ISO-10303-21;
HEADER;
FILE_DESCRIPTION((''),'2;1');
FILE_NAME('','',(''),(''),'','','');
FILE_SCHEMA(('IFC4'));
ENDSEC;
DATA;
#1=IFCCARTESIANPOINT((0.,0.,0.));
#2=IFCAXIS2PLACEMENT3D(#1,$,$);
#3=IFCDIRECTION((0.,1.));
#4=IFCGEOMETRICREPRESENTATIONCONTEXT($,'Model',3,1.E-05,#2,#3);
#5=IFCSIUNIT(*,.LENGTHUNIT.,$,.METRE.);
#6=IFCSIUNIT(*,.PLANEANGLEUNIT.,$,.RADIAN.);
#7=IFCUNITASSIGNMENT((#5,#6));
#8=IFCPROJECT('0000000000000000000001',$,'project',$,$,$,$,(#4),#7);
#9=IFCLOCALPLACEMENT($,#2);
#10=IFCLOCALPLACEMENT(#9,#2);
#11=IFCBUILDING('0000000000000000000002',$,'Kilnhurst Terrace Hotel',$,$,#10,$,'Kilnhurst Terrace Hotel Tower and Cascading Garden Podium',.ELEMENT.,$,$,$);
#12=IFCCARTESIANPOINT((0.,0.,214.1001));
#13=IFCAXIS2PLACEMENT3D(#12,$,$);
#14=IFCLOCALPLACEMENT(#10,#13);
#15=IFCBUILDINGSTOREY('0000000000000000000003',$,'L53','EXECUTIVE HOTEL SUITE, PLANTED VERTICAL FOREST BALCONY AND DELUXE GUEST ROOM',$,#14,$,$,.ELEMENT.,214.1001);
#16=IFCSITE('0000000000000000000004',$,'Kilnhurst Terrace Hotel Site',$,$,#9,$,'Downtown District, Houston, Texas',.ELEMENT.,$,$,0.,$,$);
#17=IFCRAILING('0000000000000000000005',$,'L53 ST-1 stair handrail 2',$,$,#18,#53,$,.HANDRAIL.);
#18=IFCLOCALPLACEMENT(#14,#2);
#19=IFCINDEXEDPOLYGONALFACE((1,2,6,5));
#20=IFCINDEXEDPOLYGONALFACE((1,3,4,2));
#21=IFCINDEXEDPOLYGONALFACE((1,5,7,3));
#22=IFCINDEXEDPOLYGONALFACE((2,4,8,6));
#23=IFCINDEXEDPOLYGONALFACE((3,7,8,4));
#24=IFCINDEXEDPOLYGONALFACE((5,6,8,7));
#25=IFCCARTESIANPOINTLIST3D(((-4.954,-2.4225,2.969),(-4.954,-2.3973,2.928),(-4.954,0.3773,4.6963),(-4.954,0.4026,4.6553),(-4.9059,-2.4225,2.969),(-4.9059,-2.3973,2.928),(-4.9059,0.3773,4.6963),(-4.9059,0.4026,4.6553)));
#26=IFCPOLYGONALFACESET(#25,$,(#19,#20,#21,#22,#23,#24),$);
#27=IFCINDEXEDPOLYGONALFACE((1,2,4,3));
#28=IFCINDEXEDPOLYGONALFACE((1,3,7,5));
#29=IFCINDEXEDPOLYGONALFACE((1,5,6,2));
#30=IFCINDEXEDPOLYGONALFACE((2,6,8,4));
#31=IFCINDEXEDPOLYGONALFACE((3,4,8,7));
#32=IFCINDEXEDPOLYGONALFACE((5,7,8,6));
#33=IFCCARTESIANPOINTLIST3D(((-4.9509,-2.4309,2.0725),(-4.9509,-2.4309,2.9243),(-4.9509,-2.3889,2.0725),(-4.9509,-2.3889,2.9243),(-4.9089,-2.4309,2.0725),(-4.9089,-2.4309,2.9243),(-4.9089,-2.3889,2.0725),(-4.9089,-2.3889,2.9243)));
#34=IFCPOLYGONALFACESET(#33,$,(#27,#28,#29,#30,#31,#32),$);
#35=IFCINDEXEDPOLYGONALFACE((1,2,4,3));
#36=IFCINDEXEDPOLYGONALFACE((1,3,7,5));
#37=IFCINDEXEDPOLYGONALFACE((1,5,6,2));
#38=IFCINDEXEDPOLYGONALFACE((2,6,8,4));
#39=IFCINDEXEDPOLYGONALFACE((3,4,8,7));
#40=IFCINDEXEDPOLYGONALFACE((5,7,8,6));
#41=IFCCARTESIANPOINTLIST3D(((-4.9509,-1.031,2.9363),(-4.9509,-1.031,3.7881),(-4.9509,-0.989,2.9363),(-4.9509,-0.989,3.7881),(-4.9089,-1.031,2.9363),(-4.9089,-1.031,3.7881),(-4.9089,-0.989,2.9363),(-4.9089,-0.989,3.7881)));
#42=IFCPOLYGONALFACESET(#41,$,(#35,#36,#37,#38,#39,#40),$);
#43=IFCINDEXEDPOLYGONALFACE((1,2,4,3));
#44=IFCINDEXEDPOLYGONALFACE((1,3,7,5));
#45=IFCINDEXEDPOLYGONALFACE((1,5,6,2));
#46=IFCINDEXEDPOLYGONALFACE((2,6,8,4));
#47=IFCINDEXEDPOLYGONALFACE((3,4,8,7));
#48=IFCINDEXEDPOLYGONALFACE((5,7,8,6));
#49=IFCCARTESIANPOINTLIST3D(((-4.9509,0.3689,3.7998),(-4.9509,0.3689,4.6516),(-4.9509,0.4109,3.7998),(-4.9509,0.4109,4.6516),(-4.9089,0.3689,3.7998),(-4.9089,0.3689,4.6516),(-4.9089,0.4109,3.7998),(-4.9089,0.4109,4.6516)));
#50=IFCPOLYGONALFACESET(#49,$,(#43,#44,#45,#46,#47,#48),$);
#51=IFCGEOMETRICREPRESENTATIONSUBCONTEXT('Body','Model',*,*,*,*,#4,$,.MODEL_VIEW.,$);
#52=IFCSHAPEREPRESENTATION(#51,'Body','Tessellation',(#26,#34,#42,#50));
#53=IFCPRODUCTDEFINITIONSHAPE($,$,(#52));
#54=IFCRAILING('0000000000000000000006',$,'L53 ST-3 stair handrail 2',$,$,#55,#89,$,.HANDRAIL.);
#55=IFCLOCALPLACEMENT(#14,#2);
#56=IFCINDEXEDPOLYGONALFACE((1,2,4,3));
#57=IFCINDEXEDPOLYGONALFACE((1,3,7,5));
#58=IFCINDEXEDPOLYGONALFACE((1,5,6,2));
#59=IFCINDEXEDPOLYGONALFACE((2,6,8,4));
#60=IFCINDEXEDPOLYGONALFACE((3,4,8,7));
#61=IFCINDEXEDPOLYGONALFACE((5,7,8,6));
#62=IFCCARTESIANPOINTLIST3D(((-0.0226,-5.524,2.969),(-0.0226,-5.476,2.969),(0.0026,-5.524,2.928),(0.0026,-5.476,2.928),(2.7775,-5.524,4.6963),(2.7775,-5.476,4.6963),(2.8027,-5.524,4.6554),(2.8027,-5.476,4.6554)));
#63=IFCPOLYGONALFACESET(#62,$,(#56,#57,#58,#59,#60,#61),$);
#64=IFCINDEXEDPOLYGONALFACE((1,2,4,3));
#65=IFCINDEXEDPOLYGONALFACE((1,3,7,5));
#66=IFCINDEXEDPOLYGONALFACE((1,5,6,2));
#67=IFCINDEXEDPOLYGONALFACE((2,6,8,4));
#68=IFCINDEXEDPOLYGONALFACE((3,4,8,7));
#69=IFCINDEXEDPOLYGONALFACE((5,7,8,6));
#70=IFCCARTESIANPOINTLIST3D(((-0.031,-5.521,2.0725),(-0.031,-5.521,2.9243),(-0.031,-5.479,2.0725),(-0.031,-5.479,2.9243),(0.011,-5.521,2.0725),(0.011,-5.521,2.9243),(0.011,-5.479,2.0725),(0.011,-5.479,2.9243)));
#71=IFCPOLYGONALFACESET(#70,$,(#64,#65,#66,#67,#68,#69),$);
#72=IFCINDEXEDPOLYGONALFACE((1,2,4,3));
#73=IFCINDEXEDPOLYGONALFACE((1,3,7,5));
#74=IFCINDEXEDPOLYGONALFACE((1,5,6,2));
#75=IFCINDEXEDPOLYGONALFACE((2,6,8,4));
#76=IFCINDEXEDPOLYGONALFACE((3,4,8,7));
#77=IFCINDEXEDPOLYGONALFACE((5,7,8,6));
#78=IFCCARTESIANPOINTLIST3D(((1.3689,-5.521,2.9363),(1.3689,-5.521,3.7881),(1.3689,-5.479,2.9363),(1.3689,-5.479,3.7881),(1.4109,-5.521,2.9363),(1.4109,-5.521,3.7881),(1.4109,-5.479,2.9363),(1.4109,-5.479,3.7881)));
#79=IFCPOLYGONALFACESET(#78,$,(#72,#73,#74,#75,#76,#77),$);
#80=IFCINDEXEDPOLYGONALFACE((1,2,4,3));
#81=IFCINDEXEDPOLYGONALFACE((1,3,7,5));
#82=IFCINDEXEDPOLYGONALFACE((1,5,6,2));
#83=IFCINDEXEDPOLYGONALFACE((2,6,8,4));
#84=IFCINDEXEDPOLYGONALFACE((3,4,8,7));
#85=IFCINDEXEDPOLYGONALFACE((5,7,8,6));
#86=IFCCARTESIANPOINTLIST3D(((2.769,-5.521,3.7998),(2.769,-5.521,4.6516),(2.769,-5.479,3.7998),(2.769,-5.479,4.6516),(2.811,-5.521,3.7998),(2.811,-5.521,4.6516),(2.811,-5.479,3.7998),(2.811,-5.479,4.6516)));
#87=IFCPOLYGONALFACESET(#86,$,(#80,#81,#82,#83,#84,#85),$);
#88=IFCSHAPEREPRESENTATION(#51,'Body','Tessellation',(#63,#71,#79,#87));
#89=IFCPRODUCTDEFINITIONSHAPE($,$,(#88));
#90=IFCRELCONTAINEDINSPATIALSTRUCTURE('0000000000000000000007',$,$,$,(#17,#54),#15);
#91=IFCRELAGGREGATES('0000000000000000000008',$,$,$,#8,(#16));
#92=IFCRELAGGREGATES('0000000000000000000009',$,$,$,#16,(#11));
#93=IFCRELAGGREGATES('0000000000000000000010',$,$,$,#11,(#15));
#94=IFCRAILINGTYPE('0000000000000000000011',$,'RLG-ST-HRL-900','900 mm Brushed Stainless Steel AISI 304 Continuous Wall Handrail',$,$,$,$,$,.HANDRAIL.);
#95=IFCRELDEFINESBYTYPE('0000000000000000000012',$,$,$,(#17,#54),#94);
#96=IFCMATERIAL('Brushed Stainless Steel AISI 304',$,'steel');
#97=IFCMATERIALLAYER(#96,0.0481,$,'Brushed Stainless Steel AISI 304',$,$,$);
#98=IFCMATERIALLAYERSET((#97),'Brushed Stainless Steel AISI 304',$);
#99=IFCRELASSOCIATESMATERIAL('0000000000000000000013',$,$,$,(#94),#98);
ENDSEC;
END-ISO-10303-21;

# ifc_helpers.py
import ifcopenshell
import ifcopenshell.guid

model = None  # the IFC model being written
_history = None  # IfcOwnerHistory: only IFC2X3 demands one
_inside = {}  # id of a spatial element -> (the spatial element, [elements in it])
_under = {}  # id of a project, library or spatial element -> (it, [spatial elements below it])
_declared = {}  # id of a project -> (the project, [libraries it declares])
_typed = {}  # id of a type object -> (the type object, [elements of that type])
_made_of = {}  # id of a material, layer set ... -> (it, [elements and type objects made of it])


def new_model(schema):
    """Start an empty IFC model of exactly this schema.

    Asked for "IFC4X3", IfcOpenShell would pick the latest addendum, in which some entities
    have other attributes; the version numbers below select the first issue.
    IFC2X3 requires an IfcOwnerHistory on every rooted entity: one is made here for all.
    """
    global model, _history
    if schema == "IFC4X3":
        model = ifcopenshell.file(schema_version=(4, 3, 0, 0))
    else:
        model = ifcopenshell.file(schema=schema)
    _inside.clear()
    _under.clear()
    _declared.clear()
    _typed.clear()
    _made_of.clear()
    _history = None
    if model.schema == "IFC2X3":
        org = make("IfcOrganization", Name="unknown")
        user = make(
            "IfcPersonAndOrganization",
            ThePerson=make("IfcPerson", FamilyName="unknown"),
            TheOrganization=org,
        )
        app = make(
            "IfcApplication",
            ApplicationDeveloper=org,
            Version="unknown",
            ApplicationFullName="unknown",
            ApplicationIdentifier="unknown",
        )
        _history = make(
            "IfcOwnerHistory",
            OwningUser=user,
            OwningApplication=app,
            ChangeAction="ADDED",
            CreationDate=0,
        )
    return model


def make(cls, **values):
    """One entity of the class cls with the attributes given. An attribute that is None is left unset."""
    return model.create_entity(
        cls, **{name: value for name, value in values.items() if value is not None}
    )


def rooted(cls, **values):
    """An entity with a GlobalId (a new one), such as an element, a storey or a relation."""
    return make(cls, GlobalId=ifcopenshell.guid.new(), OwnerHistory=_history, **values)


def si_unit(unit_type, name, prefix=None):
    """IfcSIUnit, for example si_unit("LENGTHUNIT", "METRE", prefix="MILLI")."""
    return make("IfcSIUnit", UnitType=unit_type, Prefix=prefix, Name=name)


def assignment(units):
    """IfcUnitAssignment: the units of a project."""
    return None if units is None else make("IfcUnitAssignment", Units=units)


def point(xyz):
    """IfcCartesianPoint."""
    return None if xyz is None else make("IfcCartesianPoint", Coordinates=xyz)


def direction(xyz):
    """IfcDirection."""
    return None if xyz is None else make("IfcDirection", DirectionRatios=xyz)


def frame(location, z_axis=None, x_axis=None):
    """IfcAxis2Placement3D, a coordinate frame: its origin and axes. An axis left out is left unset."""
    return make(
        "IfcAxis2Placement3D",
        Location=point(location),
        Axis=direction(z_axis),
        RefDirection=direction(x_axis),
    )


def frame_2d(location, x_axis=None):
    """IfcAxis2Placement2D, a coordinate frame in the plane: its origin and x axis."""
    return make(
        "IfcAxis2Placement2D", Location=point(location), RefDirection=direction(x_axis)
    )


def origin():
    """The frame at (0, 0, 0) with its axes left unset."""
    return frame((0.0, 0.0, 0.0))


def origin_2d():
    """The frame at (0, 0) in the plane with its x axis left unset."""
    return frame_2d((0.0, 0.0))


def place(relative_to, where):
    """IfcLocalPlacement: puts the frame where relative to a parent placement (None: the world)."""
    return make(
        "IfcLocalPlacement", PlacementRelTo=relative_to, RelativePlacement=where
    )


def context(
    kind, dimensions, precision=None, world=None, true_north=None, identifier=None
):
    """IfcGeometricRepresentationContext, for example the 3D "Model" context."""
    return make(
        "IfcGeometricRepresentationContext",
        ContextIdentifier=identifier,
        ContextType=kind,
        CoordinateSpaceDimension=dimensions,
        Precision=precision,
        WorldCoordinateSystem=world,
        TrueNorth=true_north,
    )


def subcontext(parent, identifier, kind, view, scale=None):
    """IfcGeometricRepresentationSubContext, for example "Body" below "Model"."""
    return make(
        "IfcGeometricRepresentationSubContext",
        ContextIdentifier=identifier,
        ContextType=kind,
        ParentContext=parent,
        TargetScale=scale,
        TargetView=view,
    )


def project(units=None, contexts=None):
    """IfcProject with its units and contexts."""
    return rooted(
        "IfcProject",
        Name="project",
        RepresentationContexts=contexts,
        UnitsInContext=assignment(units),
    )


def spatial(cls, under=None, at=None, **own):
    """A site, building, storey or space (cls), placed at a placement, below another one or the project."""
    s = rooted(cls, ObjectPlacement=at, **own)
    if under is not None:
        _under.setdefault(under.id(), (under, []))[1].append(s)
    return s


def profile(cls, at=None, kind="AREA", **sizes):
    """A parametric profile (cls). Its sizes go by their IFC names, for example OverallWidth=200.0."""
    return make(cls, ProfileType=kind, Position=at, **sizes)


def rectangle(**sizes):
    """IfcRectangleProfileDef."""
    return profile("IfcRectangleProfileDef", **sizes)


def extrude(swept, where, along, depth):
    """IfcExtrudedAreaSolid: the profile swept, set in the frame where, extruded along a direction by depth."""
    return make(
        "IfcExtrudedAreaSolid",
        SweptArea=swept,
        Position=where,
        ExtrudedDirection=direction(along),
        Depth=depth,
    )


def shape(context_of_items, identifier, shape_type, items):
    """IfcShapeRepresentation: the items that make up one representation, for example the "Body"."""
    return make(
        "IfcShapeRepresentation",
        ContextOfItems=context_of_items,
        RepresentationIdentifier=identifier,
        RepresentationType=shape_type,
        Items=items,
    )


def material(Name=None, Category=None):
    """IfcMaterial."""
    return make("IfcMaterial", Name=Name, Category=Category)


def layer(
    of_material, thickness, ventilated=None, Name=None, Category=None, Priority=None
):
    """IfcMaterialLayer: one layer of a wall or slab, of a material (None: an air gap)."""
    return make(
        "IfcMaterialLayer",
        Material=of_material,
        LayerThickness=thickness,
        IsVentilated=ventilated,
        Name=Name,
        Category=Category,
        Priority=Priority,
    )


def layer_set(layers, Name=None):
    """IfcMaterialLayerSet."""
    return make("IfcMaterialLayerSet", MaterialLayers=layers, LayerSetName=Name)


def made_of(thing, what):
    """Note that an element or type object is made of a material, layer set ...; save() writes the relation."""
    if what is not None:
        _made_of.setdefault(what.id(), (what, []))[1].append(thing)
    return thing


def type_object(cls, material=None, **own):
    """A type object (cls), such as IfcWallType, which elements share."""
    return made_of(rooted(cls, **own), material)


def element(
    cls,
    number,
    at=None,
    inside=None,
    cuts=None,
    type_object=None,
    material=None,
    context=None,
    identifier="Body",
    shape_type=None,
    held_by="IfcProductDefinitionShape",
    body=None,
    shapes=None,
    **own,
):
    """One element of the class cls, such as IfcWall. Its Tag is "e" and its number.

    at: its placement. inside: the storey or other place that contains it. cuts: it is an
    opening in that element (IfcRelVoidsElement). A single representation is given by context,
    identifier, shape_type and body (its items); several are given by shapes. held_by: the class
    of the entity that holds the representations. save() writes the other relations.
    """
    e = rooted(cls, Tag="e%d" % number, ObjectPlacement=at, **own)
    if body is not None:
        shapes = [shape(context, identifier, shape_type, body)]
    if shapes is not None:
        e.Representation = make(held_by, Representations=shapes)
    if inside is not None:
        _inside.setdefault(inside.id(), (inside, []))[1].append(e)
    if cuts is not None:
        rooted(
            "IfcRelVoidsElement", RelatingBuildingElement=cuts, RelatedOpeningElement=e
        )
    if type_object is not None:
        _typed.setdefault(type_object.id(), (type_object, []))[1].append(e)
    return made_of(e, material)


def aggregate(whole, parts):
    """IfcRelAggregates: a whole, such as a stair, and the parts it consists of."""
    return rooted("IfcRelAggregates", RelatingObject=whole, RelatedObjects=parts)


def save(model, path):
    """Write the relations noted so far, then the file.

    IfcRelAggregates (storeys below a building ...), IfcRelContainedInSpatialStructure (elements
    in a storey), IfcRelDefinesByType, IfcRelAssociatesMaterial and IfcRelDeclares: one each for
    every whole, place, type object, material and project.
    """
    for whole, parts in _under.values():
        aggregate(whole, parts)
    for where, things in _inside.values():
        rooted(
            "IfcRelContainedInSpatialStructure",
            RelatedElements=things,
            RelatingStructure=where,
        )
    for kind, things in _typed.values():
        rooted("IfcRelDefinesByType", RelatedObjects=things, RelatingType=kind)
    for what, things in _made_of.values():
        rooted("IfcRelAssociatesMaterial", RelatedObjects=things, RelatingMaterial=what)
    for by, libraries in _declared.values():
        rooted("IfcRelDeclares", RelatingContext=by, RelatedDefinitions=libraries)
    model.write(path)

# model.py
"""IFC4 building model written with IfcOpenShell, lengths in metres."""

from ifc_helpers import new_model, si_unit, direction, frame, origin, origin_2d, place, context, subcontext, project, spatial, rectangle, extrude, material, layer, layer_set, type_object, element, save


model = new_model("IFC4")

# Units and contexts
model_context = context("Model", 3, precision=1e-05, world=origin(), true_north=direction((0.0, 1.0)))
body_context = subcontext(model_context, "Body", "Model", "MODEL_VIEW")
ifc_project = project(units=[si_unit("LENGTHUNIT", "METRE"), si_unit("PLANEANGLEUNIT", "RADIAN")], contexts=[model_context])

# Site, building, storey
site_placement = place(None, origin())
site = spatial("IfcSite", under=ifc_project, at=site_placement, Name="Kilnhurst Terrace Hotel Site", LongName="Downtown District, Houston, Texas", CompositionType="ELEMENT", RefElevation=0.0)
building_placement = place(site_placement, origin())
building = spatial("IfcBuilding", under=site, at=building_placement, Name="Kilnhurst Terrace Hotel", LongName="Kilnhurst Terrace Hotel Tower and Cascading Garden Podium", CompositionType="ELEMENT")
storey_placement = place(building_placement, frame((0.0, 0.0, 214.1001)))
storey = spatial("IfcBuildingStorey", under=building, at=storey_placement, Name="L53", Description="EXECUTIVE HOTEL SUITE, PLANTED VERTICAL FOREST BALCONY AND DELUXE GUEST ROOM", CompositionType="ELEMENT", Elevation=214.1001)

# Railings
ifc_material_1 = material(Name="Brushed Stainless Steel AISI 304", Category="steel")
ifc_layer_1 = layer(ifc_material_1, 0.0481, Name="Brushed Stainless Steel AISI 304")
ifc_layer_set_1 = layer_set([ifc_layer_1], Name="Brushed Stainless Steel AISI 304")
railing_type_1 = type_object("IfcRailingType", Name="RLG-ST-HRL-900", Description="900 mm Brushed Stainless Steel AISI 304 Continuous Wall Handrail", PredefinedType="HANDRAIL", material=ifc_layer_set_1)
railing_1_placement = place(storey_placement, frame((-4.9299, -2.4099, 2.0725)))
element("IfcRailing", 1, at=railing_1_placement, inside=storey, type_object=railing_type_1, Name="L53 ST-1 stair handrail 2", PredefinedType="HANDRAIL", context=body_context, shape_type="SweptSolid", body=[
    extrude(rectangle(XDim=0.0481, YDim=0.0481, at=origin_2d()), frame((0.0, 0.0, 0.876), z_axis=(0.0, 0.851069, 0.525054), x_axis=(-1.0, 0.0, 0.0)), (0.0, 0.0, 1.0), 3.2898),
    extrude(rectangle(XDim=0.042, YDim=0.042, at=origin_2d()), origin(), (0.0, 0.0, 1.0), 0.8518),
    extrude(rectangle(XDim=0.042, YDim=0.042, at=origin_2d()), frame((0.0, 1.3999, 0.8638)), (0.0, 0.0, 1.0), 0.8518),
    extrude(rectangle(XDim=0.042, YDim=0.042, at=origin_2d()), frame((0.0, 2.7998, 1.7273)), (0.0, 0.0, 1.0), 0.8518),
])
railing_2_placement = place(storey_placement, frame((-0.01, -5.5, 2.0725)))
element("IfcRailing", 2, at=railing_2_placement, inside=storey, type_object=railing_type_1, Name="L53 ST-3 stair handrail 2", PredefinedType="HANDRAIL", context=body_context, shape_type="SweptSolid", body=[
    extrude(rectangle(XDim=0.0481, YDim=0.0481, at=origin_2d()), frame((0.0, 0.0, 0.876), z_axis=(0.85109, 0.0, 0.52502), x_axis=(0.0, 1.0, 0.0)), (0.0, 0.0, 1.0), 3.29),
    extrude(rectangle(XDim=0.042, YDim=0.042, at=origin_2d()), origin(), (0.0, 0.0, 1.0), 0.8518),
    extrude(rectangle(XDim=0.042, YDim=0.042, at=origin_2d()), frame((1.3999, 0.0, 0.8638)), (0.0, 0.0, 1.0), 0.8518),
    extrude(rectangle(XDim=0.042, YDim=0.042, at=origin_2d()), frame((2.8, 0.0, 1.7273)), (0.0, 0.0, 1.0), 0.8518),
])

save(model, "model.ifc")
